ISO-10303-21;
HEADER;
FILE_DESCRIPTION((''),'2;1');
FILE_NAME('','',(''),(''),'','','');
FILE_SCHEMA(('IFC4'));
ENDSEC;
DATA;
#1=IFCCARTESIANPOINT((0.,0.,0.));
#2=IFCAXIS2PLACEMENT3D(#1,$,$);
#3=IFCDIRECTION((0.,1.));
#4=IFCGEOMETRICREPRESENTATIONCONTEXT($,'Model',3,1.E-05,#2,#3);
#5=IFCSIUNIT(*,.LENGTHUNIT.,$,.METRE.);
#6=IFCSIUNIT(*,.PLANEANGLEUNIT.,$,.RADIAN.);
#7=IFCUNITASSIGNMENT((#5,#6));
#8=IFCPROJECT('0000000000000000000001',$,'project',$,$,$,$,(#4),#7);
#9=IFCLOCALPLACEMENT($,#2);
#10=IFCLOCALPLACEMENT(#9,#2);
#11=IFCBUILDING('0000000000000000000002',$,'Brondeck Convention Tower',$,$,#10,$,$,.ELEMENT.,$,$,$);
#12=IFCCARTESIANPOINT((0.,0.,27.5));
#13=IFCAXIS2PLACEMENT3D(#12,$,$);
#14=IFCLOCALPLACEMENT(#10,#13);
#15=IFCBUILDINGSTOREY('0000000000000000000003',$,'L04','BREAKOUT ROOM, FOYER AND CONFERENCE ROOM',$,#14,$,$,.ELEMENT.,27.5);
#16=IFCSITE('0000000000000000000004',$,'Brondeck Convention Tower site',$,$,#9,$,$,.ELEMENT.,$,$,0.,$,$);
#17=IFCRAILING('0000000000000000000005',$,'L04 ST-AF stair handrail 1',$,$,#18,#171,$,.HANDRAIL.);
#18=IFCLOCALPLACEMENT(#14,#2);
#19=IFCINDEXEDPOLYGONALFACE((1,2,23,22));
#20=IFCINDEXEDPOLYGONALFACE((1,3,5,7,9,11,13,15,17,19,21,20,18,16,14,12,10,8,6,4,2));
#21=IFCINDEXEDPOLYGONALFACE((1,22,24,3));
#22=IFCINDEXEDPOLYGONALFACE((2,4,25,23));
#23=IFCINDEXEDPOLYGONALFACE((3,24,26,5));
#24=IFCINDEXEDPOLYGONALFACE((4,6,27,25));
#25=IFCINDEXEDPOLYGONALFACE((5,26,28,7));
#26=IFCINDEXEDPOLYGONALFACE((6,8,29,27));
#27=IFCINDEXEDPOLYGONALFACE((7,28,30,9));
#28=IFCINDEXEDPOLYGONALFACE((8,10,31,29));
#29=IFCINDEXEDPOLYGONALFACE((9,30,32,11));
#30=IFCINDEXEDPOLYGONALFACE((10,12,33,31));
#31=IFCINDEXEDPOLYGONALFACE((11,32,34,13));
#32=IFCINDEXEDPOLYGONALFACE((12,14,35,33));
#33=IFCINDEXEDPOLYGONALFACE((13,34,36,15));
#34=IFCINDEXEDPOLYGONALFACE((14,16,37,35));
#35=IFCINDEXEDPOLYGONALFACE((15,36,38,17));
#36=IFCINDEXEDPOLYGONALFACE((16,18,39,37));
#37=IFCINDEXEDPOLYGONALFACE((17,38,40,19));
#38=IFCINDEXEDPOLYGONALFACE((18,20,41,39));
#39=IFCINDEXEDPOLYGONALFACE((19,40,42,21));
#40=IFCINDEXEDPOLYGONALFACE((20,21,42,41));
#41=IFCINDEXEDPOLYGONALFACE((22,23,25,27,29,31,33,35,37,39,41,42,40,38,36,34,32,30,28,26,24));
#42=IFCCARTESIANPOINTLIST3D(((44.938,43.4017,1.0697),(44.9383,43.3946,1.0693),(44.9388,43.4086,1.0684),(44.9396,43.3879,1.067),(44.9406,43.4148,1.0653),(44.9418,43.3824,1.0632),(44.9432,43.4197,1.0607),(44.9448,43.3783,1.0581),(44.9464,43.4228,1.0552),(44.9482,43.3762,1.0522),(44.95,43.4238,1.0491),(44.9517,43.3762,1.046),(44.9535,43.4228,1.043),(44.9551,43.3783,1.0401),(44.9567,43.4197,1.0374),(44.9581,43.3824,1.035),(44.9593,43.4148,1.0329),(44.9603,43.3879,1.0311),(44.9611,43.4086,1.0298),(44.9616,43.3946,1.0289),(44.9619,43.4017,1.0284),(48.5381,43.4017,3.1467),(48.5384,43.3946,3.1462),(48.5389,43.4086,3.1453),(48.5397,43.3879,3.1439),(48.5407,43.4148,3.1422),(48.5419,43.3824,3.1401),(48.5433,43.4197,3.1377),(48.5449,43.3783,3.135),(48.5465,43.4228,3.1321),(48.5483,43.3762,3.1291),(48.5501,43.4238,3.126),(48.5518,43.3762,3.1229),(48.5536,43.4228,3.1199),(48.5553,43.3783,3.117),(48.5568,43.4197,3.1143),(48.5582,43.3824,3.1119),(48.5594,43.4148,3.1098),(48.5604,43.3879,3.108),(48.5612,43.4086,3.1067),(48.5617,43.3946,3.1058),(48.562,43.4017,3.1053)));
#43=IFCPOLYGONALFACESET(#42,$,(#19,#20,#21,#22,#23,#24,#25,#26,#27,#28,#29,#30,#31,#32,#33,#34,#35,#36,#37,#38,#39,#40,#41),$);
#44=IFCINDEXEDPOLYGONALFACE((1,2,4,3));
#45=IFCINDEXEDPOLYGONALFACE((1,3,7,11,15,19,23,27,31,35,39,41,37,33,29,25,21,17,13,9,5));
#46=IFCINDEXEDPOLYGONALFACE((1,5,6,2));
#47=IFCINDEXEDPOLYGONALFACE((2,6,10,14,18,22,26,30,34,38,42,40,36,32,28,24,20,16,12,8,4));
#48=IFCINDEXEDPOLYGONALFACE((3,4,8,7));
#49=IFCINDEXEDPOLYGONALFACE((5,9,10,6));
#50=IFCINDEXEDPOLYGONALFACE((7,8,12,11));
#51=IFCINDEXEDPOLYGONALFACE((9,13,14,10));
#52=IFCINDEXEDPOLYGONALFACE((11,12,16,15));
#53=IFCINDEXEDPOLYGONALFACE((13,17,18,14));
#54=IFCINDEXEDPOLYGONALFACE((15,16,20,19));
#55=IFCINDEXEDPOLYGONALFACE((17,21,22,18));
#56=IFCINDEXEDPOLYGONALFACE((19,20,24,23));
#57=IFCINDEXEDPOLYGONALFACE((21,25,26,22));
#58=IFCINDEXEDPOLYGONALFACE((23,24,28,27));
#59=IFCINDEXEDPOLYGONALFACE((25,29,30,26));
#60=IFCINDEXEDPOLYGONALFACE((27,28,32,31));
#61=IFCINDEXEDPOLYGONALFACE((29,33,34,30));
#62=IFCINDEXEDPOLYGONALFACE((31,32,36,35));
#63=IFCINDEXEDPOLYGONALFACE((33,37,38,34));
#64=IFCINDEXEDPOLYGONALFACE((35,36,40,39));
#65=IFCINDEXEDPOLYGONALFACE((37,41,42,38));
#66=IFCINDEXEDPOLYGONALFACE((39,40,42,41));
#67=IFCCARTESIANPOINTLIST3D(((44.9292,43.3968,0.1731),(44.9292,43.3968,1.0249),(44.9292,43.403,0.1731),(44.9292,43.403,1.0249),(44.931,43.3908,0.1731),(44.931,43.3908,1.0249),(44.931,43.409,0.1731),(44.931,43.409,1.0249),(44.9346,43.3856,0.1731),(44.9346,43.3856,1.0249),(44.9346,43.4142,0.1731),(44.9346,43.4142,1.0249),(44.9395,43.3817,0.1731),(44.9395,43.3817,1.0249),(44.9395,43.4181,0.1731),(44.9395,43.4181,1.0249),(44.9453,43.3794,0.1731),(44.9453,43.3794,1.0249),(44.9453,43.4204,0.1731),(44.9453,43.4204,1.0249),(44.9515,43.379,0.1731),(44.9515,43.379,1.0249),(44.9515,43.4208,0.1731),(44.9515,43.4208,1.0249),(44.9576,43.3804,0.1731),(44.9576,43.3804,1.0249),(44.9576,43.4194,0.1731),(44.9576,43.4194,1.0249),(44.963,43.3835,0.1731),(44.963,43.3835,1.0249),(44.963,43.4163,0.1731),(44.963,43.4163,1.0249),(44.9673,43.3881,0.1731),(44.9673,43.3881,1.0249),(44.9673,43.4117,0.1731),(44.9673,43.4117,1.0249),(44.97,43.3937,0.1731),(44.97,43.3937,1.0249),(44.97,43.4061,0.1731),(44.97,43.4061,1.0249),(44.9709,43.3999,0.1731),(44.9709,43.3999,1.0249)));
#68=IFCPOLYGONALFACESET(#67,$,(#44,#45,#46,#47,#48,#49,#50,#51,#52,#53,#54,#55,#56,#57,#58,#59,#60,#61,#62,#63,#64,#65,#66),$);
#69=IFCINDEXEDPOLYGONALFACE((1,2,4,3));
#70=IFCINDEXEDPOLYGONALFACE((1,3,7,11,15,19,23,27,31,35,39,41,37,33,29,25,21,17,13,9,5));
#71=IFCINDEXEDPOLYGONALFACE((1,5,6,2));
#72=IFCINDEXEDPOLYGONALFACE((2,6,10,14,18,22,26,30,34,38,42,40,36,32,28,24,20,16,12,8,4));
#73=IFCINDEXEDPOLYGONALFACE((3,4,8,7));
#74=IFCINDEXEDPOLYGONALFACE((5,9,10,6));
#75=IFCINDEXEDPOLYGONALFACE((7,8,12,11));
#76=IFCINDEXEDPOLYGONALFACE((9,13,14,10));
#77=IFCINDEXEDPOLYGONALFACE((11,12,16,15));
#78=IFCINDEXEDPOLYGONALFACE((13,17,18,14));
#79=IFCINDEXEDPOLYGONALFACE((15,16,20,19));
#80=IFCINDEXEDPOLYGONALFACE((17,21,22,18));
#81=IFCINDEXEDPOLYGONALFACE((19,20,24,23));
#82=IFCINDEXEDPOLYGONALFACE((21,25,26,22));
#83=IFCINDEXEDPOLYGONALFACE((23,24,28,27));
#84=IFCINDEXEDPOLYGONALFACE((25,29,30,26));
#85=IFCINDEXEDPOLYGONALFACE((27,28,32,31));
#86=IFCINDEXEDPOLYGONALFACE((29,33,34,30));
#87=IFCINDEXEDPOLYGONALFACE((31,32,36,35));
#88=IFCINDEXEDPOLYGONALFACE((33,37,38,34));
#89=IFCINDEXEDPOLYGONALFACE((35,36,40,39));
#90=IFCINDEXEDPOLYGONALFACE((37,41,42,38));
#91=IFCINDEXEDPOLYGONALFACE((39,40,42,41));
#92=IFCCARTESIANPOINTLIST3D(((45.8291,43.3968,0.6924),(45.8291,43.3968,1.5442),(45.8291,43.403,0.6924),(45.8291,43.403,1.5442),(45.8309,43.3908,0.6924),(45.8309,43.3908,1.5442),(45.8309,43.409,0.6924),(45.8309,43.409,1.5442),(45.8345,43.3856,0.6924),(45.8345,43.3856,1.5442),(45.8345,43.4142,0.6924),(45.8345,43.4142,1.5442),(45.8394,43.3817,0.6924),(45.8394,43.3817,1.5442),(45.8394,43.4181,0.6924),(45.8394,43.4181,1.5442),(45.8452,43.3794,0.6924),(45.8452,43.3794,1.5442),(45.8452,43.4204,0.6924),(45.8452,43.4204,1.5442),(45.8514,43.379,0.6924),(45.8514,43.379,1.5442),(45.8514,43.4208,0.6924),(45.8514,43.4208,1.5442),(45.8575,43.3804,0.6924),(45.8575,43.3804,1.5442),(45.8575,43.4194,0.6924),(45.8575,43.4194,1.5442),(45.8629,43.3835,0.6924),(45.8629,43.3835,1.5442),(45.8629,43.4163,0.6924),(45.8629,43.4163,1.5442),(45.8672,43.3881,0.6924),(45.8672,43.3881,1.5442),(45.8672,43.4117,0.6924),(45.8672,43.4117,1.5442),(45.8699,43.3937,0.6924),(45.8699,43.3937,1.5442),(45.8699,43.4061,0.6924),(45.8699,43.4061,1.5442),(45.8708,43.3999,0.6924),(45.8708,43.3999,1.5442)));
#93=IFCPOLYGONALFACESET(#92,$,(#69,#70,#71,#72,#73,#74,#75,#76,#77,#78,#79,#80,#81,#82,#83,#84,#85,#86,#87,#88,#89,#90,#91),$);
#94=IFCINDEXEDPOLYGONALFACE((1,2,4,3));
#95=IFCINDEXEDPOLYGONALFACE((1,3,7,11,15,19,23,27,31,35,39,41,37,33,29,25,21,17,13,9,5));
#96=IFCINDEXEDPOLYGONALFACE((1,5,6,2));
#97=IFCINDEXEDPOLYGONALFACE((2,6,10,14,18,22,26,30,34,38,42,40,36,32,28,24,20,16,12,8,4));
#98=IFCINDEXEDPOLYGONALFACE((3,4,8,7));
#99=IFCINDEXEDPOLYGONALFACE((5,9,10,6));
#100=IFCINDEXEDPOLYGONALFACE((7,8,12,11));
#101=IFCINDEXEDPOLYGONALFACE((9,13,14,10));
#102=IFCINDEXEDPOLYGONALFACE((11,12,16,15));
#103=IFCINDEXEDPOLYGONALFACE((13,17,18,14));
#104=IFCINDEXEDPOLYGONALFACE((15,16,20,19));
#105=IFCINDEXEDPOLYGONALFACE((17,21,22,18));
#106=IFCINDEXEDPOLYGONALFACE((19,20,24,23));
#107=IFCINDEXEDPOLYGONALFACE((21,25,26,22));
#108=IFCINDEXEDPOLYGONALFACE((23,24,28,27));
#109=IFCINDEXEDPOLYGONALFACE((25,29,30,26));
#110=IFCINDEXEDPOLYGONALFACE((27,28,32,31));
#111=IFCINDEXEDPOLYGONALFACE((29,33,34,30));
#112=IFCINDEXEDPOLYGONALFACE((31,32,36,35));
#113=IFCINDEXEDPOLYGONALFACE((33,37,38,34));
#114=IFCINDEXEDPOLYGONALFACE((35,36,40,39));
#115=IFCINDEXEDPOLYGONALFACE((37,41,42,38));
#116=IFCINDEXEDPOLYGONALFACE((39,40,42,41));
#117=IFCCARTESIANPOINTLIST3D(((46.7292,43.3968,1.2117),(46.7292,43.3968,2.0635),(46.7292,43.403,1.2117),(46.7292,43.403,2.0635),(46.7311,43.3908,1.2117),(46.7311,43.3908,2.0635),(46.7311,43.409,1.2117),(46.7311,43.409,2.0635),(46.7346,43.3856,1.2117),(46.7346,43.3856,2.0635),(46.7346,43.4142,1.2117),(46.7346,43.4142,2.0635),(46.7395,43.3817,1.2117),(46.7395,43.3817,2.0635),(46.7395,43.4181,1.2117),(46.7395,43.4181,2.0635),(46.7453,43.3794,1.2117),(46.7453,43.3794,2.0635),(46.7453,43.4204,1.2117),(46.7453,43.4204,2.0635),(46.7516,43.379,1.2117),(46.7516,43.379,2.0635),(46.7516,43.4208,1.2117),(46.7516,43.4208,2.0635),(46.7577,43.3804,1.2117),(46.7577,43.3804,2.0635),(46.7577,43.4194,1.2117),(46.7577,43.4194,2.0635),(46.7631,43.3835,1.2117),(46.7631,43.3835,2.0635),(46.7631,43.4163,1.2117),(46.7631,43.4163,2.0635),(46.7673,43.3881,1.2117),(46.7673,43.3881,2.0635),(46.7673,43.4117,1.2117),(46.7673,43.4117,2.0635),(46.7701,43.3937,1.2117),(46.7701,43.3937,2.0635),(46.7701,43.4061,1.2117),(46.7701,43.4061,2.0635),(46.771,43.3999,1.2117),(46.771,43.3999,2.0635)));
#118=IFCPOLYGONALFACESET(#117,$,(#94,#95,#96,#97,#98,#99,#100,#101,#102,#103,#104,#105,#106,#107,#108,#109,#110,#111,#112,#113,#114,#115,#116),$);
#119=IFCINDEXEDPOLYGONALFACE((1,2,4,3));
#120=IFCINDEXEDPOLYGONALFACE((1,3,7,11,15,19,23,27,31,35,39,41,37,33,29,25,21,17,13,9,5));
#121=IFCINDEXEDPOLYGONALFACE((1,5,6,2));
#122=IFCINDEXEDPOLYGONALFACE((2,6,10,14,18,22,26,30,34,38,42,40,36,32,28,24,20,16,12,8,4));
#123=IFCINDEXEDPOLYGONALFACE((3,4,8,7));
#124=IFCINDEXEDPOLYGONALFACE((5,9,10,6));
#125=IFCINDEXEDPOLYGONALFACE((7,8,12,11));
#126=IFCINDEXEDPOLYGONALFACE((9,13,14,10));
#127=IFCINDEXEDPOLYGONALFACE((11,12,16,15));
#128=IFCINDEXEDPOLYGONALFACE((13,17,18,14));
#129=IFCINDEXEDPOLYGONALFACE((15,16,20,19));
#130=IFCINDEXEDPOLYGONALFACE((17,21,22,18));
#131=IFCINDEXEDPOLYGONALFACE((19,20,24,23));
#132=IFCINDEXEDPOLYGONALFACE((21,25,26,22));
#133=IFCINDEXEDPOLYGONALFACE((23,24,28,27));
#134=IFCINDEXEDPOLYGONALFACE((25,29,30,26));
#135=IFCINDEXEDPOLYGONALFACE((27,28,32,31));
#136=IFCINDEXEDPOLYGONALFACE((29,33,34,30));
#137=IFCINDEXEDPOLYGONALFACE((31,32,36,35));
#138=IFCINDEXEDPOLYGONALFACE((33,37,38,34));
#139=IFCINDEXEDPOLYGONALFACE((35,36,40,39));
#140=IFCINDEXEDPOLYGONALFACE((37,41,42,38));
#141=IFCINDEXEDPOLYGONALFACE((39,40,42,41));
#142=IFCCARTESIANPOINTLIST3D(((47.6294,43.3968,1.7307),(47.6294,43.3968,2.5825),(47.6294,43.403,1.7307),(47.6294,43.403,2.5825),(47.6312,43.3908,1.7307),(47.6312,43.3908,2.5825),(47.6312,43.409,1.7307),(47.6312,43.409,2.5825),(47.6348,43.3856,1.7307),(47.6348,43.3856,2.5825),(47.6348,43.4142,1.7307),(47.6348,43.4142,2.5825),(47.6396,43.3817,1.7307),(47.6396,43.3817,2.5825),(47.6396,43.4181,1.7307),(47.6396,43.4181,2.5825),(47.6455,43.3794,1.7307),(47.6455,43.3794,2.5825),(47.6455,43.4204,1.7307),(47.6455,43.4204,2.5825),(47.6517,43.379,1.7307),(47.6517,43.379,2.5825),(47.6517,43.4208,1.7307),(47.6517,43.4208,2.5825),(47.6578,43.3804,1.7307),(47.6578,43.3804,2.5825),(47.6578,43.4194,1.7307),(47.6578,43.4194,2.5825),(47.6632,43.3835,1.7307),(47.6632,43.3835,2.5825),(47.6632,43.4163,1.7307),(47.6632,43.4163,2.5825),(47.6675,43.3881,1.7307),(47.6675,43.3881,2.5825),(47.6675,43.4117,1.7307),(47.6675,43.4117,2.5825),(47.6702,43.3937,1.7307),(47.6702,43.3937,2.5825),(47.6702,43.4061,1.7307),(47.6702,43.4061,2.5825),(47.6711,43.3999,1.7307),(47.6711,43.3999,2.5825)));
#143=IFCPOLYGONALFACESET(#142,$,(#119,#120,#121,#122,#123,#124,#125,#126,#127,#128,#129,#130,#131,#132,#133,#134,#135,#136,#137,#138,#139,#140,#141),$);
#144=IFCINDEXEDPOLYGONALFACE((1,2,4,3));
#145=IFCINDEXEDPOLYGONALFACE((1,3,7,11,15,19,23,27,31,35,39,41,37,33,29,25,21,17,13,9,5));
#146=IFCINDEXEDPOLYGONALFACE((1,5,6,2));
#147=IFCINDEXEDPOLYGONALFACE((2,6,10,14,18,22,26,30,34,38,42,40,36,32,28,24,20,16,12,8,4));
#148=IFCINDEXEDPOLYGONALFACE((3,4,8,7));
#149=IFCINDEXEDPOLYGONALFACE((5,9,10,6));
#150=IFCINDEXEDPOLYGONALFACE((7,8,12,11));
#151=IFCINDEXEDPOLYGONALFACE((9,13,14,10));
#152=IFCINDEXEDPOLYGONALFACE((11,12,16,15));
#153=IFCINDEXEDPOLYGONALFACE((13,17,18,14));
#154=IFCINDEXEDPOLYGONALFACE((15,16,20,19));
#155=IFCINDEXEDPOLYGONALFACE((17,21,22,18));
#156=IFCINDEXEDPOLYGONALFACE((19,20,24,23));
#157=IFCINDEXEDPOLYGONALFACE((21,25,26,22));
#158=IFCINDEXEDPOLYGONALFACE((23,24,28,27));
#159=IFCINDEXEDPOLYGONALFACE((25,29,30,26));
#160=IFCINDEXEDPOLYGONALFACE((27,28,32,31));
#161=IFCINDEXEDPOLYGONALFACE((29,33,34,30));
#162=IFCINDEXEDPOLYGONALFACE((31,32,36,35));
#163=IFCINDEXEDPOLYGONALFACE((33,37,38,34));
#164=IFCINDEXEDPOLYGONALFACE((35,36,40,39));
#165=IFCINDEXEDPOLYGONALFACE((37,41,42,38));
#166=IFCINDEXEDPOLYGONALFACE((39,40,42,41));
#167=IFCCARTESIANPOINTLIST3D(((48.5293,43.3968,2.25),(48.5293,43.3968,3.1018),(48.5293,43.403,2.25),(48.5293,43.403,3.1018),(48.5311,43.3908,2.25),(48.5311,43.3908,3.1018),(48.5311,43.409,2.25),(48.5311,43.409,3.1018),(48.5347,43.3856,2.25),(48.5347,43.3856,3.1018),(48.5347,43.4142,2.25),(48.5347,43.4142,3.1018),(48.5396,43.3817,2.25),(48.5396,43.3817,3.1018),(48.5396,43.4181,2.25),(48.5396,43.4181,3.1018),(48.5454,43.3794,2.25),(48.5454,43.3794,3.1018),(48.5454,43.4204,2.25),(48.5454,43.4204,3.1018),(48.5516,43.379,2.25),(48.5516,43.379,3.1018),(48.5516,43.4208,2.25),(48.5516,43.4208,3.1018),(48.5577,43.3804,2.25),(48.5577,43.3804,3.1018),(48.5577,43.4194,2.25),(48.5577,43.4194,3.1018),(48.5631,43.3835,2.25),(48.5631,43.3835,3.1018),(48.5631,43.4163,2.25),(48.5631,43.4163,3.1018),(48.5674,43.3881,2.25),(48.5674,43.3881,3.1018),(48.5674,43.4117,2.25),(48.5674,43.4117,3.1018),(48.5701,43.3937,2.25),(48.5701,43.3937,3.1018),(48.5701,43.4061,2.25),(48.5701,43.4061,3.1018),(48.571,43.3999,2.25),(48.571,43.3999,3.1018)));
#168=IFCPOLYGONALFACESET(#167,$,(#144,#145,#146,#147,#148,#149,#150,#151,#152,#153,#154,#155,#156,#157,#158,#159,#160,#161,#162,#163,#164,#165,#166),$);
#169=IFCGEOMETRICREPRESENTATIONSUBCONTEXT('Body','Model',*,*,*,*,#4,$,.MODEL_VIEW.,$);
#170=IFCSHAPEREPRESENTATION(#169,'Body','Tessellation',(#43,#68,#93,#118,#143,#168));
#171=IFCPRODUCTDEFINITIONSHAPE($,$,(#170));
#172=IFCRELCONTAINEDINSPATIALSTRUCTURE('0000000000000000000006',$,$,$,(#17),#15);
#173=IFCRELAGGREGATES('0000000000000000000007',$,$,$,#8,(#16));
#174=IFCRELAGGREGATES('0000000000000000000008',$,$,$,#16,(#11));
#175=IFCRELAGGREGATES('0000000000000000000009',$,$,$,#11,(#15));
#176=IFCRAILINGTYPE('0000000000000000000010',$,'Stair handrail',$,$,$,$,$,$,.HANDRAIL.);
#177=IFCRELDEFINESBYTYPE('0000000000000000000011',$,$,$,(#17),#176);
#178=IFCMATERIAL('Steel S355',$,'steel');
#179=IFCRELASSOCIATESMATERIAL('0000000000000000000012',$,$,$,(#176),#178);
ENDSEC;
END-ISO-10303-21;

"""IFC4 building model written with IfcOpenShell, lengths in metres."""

from ifc_helpers import new_model, si_unit, direction, frame, origin, origin_2d, place, context, subcontext, project, spatial, circle, extrude, material, type_object, element, save


model = new_model("IFC4")

# Units and contexts
model_context = context("Model", 3, precision=1e-05, world=origin(), true_north=direction((0.0, 1.0)))
body_context = subcontext(model_context, "Body", "Model", "MODEL_VIEW")
ifc_project = project(units=[si_unit("LENGTHUNIT", "METRE"), si_unit("PLANEANGLEUNIT", "RADIAN")], contexts=[model_context])

# Site, building, storey
site_placement = place(None, origin())
site = spatial("IfcSite", under=ifc_project, at=site_placement, Name="Brondeck Convention Tower site", CompositionType="ELEMENT", RefElevation=0.0)
building_placement = place(site_placement, origin())
building = spatial("IfcBuilding", under=site, at=building_placement, Name="Brondeck Convention Tower", CompositionType="ELEMENT")
storey_placement = place(building_placement, frame((0.0, 0.0, 27.5)))
storey = spatial("IfcBuildingStorey", under=building, at=storey_placement, Name="L04", Description="BREAKOUT ROOM, FOYER AND CONFERENCE ROOM", CompositionType="ELEMENT", Elevation=27.5)

# Shared definitions
ifc_material_1 = material(Name="Steel S355", Category="steel")

# Railing
railing_type_1 = type_object("IfcRailingType", Name="Stair handrail", PredefinedType="HANDRAIL", material=ifc_material_1)
railing_1_placement = place(storey_placement, frame((44.95, 43.3999, 0.1731)))
element("IfcRailing", 1, at=railing_1_placement, inside=storey, type_object=railing_type_1, Name="L04 ST-AF stair handrail 1", PredefinedType="HANDRAIL", context=body_context, shape_type="SweptSolid", body=[
    extrude(circle(Radius=0.0239, at=origin_2d()), frame((0.0, 0.0, 0.876), z_axis=(0.866193, 0.0, 0.499709), x_axis=(0.0, 1.0, 0.0)), (0.0, 0.0, 1.0), 4.1562),
    extrude(circle(Radius=0.021, at=origin_2d()), origin(), (0.0, 0.0, 1.0), 0.8518),
    extrude(circle(Radius=0.021, at=origin_2d()), frame((0.8999, 0.0, 0.5193)), (0.0, 0.0, 1.0), 0.8518),
    extrude(circle(Radius=0.021, at=origin_2d()), frame((1.8, 0.0, 1.0386)), (0.0, 0.0, 1.0), 0.8518),
    extrude(circle(Radius=0.021, at=origin_2d()), frame((2.7002, 0.0, 1.5576)), (0.0, 0.0, 1.0), 0.8518),
    extrude(circle(Radius=0.021, at=origin_2d()), frame((3.6001, 0.0, 2.0769)), (0.0, 0.0, 1.0), 0.8518),
])

save(model, "model.ifc")
